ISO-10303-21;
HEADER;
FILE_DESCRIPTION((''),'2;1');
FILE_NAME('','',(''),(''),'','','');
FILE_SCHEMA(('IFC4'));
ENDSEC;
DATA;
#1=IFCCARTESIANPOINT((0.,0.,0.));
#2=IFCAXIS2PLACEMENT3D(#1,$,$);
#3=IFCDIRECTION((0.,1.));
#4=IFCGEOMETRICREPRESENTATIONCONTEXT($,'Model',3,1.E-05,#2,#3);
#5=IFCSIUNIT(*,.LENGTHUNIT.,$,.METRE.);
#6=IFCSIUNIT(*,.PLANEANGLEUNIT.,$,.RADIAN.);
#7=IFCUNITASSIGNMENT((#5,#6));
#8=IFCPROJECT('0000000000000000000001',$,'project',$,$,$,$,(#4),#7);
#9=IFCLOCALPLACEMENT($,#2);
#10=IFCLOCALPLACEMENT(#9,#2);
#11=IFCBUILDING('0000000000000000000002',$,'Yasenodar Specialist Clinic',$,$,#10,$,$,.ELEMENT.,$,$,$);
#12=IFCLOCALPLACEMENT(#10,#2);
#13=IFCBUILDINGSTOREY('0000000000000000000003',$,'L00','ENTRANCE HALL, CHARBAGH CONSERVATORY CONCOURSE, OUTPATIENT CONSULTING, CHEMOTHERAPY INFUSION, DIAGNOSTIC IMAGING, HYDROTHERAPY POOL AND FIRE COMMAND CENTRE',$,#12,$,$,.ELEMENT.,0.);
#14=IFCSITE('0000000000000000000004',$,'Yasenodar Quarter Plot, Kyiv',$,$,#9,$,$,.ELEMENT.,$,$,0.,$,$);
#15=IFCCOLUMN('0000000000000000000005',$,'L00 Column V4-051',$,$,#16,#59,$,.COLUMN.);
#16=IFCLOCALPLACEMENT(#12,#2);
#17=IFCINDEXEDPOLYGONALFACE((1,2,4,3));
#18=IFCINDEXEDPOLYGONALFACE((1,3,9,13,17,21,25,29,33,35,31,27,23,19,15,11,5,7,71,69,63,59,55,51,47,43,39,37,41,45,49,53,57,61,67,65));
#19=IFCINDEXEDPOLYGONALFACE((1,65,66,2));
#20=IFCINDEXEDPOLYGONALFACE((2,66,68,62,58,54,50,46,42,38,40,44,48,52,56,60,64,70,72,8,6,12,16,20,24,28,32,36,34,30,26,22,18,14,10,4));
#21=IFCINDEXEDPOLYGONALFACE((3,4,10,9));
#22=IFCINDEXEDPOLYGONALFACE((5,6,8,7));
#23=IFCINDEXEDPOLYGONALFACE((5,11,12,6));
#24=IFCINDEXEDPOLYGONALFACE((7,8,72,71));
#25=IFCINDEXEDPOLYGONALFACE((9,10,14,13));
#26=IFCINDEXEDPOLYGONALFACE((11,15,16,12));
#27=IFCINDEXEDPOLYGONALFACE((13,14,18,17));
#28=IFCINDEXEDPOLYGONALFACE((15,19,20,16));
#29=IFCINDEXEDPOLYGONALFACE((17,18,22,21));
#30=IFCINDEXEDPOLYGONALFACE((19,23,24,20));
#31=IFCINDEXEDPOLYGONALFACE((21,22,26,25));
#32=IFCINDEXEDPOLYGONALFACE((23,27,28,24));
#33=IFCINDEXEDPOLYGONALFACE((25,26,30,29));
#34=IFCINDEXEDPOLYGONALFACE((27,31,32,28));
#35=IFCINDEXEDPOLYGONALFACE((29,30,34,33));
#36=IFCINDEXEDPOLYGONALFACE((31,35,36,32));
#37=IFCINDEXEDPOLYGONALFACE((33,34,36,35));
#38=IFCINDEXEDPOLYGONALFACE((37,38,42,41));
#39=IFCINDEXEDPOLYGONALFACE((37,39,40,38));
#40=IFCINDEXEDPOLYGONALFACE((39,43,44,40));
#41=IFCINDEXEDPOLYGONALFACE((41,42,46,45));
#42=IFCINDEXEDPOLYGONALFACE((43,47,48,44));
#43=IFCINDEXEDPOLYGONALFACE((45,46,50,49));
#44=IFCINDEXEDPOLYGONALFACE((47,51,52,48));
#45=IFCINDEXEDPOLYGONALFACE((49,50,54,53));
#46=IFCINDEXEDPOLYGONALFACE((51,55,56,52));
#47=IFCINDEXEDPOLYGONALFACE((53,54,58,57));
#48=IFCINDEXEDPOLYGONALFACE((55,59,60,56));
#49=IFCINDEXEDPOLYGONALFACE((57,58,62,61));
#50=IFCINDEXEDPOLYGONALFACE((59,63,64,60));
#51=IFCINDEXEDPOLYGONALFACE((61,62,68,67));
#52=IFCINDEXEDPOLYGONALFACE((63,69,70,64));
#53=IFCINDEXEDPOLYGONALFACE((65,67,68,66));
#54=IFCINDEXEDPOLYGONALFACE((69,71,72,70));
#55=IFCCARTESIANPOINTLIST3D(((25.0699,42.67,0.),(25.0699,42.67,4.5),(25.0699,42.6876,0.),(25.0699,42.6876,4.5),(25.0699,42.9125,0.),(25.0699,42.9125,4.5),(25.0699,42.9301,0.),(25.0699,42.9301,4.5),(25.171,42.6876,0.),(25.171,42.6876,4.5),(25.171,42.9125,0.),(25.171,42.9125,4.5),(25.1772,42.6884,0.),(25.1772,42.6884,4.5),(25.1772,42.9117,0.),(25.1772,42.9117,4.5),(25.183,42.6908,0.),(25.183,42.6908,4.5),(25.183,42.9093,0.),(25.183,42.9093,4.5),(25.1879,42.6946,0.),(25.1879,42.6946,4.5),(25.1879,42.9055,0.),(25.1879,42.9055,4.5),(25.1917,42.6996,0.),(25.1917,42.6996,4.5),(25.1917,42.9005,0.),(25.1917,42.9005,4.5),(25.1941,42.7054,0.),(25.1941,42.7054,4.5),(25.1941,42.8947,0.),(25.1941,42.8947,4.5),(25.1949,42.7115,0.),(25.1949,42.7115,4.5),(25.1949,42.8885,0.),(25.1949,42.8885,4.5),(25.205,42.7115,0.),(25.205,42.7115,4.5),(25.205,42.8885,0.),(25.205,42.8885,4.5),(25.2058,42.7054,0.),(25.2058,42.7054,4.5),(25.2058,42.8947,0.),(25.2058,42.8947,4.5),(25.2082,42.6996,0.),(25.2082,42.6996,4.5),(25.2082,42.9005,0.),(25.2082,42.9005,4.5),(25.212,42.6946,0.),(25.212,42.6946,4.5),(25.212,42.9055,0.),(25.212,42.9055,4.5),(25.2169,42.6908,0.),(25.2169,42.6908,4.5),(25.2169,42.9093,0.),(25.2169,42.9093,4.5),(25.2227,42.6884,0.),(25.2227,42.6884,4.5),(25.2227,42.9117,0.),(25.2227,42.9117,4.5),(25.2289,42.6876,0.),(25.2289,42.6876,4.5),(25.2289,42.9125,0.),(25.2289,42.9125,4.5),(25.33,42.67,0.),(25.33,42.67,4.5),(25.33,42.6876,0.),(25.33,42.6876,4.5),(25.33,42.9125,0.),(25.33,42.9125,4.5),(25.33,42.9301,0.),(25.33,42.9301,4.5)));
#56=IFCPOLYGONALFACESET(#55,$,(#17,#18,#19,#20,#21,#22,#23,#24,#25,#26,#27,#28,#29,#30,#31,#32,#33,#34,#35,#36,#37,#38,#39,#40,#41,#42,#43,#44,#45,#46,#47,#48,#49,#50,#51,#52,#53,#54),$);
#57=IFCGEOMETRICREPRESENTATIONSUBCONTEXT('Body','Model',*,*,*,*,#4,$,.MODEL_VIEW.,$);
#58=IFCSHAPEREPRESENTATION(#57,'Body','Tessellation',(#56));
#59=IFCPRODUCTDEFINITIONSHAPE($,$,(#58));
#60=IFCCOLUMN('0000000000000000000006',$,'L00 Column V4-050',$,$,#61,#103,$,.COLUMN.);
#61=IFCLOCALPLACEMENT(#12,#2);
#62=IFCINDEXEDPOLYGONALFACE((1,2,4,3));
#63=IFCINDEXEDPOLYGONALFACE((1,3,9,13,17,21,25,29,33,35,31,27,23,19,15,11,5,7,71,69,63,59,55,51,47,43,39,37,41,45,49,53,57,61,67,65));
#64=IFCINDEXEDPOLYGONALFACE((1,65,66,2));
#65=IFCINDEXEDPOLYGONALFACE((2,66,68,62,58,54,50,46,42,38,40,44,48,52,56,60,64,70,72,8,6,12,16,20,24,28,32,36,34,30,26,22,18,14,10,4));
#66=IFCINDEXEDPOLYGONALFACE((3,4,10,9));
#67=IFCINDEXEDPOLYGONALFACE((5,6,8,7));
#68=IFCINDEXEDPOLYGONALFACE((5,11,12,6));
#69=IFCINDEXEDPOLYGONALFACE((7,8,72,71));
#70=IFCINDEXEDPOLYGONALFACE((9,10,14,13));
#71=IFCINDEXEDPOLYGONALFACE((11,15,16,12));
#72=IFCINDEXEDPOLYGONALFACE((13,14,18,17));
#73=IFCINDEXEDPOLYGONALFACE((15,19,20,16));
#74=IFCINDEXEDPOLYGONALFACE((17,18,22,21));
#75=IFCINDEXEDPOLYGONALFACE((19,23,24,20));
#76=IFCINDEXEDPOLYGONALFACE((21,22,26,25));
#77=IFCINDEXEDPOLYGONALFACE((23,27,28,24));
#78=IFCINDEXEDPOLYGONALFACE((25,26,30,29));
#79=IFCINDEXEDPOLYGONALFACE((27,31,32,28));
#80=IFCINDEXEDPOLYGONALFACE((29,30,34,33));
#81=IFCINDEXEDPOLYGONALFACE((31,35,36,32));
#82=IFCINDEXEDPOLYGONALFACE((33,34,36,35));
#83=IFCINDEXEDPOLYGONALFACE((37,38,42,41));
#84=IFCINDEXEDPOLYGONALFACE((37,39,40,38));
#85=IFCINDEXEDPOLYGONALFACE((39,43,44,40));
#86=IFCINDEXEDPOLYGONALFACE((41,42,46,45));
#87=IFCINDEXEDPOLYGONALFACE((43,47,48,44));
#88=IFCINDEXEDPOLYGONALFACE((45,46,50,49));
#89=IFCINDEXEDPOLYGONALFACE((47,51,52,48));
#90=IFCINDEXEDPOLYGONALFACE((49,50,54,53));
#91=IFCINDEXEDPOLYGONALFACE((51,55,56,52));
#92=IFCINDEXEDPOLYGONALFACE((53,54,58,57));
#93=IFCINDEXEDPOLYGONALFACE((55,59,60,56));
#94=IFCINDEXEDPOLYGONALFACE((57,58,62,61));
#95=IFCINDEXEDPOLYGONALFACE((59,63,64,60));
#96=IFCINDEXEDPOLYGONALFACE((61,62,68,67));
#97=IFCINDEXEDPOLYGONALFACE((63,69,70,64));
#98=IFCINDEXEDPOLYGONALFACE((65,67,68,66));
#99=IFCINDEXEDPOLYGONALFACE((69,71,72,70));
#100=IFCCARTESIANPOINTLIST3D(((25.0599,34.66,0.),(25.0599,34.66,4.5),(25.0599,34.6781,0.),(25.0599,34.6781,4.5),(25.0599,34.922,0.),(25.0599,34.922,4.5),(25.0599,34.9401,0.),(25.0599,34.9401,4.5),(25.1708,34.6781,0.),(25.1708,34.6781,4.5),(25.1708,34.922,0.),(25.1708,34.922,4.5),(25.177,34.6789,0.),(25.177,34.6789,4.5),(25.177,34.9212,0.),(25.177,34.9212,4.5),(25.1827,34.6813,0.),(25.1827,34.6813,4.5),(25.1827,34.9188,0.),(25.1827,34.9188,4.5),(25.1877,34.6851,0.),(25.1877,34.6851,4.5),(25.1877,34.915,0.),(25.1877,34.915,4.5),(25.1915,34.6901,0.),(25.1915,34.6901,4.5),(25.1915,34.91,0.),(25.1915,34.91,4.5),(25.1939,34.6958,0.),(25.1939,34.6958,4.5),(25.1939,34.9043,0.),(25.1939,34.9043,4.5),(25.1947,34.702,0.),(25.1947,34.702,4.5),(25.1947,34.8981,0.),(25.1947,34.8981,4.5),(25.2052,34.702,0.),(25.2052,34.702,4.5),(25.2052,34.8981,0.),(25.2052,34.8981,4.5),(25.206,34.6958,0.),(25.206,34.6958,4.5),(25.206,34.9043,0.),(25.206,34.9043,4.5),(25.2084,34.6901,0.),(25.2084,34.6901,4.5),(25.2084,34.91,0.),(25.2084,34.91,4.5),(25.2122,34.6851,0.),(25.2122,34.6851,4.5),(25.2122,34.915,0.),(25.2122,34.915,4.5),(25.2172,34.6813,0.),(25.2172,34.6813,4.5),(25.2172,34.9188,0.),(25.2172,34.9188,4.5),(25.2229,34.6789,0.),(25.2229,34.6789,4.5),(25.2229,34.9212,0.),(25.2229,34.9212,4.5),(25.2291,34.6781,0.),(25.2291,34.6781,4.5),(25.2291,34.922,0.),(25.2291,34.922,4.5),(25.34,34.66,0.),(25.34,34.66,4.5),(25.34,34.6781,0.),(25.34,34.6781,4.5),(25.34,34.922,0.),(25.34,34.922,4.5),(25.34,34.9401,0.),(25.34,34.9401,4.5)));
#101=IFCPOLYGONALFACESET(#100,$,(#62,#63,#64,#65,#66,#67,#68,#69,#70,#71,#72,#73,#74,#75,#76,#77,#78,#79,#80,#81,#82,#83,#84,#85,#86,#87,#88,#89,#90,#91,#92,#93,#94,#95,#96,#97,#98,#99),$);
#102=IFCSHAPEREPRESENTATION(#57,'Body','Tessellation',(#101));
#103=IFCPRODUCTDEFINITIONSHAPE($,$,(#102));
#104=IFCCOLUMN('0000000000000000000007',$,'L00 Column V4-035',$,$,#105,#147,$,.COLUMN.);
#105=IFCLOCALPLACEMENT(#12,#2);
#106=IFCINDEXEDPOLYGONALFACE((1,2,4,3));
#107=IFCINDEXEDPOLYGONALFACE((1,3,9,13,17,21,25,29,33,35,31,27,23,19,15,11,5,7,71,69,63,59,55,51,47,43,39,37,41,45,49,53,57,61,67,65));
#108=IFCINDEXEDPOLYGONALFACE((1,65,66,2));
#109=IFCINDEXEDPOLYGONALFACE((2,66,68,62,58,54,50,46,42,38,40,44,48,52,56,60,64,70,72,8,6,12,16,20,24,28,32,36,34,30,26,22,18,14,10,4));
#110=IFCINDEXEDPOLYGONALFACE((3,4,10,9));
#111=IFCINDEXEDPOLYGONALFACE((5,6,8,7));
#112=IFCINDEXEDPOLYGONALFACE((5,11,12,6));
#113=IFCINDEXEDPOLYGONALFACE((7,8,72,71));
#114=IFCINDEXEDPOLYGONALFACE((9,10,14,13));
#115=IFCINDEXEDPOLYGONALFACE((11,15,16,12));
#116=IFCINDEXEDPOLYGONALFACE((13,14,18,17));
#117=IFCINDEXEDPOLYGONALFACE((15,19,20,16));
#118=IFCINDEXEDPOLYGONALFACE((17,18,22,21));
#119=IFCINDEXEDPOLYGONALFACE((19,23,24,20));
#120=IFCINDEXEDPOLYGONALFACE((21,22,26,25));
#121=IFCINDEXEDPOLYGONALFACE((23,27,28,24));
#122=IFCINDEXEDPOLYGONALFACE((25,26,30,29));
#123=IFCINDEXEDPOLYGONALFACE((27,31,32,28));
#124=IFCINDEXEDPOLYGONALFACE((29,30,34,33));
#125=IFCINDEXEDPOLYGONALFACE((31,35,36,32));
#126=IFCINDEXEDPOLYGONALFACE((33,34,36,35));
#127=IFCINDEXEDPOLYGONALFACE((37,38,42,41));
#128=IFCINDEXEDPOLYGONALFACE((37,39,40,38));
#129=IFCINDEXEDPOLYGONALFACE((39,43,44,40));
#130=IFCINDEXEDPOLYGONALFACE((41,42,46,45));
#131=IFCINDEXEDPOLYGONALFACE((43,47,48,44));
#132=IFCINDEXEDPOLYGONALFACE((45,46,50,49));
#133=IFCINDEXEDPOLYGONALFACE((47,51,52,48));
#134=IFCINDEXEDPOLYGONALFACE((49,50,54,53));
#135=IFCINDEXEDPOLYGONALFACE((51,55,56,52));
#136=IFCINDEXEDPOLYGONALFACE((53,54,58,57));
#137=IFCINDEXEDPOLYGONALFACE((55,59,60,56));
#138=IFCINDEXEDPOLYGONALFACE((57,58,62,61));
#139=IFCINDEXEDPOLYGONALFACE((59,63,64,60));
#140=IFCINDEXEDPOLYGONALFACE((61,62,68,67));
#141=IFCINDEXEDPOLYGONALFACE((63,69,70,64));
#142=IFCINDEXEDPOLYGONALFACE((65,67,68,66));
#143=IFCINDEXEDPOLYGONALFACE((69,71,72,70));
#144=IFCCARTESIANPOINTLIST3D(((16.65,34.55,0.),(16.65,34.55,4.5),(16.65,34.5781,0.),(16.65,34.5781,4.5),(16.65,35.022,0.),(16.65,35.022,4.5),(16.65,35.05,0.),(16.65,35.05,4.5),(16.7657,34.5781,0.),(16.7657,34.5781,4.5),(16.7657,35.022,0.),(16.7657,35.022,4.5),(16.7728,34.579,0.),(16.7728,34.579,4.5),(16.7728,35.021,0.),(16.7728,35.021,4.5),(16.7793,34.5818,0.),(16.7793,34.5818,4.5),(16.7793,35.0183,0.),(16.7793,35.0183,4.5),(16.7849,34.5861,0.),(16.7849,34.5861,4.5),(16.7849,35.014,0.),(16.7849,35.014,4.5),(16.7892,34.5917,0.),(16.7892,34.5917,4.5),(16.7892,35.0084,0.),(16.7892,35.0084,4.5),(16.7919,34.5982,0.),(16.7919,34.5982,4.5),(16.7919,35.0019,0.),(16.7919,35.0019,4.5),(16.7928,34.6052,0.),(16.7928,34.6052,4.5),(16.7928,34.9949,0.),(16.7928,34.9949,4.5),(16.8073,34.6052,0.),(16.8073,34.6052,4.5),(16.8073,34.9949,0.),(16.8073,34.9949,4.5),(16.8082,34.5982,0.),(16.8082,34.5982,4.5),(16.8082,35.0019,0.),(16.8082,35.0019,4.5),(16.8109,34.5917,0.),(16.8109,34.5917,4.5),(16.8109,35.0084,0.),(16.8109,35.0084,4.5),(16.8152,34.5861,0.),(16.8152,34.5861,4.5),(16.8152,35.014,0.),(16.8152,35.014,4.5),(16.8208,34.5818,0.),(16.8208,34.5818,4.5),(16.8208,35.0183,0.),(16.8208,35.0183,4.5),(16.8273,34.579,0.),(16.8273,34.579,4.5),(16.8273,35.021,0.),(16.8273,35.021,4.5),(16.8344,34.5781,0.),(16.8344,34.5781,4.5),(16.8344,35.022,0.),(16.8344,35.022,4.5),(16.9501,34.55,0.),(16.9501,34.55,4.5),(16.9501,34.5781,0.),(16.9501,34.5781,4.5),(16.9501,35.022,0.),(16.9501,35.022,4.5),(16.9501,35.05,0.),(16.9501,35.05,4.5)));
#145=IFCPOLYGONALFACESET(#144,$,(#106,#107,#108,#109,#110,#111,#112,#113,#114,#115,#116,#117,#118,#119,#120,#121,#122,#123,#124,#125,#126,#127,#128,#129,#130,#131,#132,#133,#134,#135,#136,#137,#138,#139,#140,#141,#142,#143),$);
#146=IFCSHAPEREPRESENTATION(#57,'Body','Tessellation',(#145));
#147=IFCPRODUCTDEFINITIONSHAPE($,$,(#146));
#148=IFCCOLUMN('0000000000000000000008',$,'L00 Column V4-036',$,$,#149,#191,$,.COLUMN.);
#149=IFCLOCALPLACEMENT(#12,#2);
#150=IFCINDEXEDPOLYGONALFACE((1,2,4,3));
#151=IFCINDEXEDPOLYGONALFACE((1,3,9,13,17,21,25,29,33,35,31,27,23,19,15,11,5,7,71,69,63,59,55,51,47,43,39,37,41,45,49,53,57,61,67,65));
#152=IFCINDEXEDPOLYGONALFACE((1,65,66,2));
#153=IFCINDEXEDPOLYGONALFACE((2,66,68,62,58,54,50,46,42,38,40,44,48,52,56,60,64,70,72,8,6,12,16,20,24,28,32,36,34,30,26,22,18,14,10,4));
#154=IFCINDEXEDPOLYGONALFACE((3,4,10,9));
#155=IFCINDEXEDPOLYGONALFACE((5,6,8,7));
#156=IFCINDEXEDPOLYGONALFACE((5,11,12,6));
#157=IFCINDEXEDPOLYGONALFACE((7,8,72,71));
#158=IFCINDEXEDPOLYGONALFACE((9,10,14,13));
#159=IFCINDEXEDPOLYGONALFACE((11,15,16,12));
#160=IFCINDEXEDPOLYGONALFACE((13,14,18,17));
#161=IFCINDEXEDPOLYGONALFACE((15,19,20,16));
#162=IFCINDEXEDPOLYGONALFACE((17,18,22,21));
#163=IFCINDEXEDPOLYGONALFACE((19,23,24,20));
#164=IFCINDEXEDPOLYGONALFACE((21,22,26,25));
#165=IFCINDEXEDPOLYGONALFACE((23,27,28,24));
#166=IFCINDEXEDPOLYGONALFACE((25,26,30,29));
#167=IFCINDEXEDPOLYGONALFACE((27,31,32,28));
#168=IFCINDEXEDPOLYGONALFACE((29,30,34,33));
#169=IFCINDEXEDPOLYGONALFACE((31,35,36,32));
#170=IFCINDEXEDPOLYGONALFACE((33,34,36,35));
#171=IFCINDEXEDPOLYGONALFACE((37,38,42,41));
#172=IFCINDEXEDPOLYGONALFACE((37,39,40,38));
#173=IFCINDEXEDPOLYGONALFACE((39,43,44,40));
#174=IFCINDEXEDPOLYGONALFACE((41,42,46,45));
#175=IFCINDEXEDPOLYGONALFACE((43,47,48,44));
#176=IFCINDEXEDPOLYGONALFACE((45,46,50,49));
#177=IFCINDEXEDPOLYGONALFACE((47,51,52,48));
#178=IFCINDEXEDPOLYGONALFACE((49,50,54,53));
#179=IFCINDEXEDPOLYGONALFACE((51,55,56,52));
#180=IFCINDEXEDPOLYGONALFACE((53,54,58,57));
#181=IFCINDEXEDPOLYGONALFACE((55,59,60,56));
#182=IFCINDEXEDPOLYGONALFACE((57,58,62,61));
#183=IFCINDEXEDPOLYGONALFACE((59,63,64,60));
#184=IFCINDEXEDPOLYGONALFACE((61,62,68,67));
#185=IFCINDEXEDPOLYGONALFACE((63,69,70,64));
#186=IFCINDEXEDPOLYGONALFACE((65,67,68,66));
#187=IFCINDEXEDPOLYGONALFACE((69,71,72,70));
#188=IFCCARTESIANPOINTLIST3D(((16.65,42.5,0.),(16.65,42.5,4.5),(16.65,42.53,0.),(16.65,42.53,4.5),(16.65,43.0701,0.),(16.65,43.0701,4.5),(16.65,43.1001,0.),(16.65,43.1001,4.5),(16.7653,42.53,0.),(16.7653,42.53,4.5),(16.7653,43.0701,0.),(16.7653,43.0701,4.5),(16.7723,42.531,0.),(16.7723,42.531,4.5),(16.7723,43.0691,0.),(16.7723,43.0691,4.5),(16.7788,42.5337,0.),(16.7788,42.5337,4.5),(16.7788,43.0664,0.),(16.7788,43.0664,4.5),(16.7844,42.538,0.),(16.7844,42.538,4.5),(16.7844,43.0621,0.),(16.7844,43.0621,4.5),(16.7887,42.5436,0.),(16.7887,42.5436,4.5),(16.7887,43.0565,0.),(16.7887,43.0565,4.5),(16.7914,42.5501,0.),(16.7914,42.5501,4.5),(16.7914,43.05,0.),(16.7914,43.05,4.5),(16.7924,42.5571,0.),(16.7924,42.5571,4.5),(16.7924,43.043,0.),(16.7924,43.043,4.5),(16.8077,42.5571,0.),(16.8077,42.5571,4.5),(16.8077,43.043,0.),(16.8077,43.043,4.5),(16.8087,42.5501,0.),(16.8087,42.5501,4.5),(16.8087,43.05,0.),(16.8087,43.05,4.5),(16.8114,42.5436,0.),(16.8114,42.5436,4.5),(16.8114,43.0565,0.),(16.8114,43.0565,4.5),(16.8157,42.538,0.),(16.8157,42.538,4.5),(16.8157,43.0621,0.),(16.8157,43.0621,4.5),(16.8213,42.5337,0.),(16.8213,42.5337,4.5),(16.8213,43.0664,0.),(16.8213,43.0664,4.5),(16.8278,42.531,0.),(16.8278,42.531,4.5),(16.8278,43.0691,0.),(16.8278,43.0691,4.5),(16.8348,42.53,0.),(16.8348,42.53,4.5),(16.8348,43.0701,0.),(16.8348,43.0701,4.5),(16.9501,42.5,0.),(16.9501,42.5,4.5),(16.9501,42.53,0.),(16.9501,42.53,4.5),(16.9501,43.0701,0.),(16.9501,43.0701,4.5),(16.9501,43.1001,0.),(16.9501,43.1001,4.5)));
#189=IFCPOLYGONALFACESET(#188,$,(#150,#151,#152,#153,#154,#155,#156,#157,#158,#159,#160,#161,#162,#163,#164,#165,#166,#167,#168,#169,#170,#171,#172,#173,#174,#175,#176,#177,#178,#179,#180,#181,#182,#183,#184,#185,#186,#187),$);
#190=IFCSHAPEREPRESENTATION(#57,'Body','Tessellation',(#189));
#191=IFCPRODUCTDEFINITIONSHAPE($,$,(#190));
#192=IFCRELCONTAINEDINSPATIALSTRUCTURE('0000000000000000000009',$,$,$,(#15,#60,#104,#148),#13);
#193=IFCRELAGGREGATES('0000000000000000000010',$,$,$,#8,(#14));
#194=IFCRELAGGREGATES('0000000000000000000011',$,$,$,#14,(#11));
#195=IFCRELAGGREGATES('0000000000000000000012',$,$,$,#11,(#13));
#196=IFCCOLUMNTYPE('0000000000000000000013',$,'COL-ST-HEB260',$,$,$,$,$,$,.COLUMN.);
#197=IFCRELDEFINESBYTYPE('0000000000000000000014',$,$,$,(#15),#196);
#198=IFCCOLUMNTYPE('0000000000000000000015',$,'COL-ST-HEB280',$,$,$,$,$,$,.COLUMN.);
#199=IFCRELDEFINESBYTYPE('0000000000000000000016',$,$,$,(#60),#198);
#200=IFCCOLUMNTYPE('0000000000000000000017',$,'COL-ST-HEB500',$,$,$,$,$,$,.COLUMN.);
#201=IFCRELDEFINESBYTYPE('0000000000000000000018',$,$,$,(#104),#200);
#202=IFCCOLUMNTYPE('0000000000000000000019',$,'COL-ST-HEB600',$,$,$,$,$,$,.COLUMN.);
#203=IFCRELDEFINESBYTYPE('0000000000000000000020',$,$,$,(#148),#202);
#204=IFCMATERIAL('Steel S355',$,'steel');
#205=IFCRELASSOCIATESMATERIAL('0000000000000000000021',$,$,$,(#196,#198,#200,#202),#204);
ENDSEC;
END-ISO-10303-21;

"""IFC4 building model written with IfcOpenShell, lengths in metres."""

from ifc_helpers import new_model, si_unit, direction, frame, origin, origin_2d, place, context, subcontext, project, spatial, i_section, extrude, material, material_profile, profile_set, type_object, element, save


model = new_model("IFC4")

# Units and contexts
model_context = context("Model", 3, precision=1e-05, world=origin(), true_north=direction((0.0, 1.0)))
body_context = subcontext(model_context, "Body", "Model", "MODEL_VIEW")
ifc_project = project(units=[si_unit("LENGTHUNIT", "METRE"), si_unit("PLANEANGLEUNIT", "RADIAN")], contexts=[model_context])

# Site, building, storey
site_placement = place(None, origin())
site = spatial("IfcSite", under=ifc_project, at=site_placement, Name="Yasenodar Quarter Plot, Kyiv", CompositionType="ELEMENT", RefElevation=0.0)
building_placement = place(site_placement, origin())
building = spatial("IfcBuilding", under=site, at=building_placement, Name="Yasenodar Specialist Clinic", CompositionType="ELEMENT")
storey_placement = place(building_placement, origin())
storey = spatial("IfcBuildingStorey", under=building, at=storey_placement, Name="L00", Description="ENTRANCE HALL, CHARBAGH CONSERVATORY CONCOURSE, OUTPATIENT CONSULTING, CHEMOTHERAPY INFUSION, DIAGNOSTIC IMAGING, HYDROTHERAPY POOL AND FIRE COMMAND CENTRE", CompositionType="ELEMENT", Elevation=0.0)

# Columns
ifc_material_1 = material(Name="Steel S355", Category="steel")
ifc_material_profile_1 = material_profile(ifc_material_1, i_section(OverallWidth=0.26, OverallDepth=0.26, WebThickness=0.01, FlangeThickness=0.0176, FilletRadius=0.0239, at=origin_2d()), Name="HEB 260")
ifc_profile_set_1 = profile_set([ifc_material_profile_1], Name="Steel S355")
column_type_1 = type_object("IfcColumnType", Name="COL-ST-HEB260", PredefinedType="COLUMN", material=ifc_profile_set_1)
column_1_placement = place(storey_placement, frame((25.2, 42.8, 0.0), z_axis=(0.0, 0.0, 1.0), x_axis=(1.0, 0.0, 0.0)))
element("IfcColumn", 1, at=column_1_placement, inside=storey, type_object=column_type_1, Name="L00 Column V4-051", PredefinedType="COLUMN", context=body_context, shape_type="SweptSolid", body=[
    extrude(i_section(OverallWidth=0.26, OverallDepth=0.26, WebThickness=0.01, FlangeThickness=0.0176, FilletRadius=0.0239, at=origin_2d()), origin(), (0.0, 0.0, 1.0), 4.5),
])
ifc_material_profile_2 = material_profile(ifc_material_1, i_section(OverallWidth=0.28, OverallDepth=0.28, WebThickness=0.0105, FlangeThickness=0.0181, FilletRadius=0.0239, at=origin_2d()), Name="HEB 280")
ifc_profile_set_2 = profile_set([ifc_material_profile_2], Name="Steel S355")
column_type_2 = type_object("IfcColumnType", Name="COL-ST-HEB280", PredefinedType="COLUMN", material=ifc_profile_set_2)
column_2_placement = place(storey_placement, frame((25.2, 34.8, 0.0), z_axis=(0.0, 0.0, 1.0), x_axis=(1.0, 0.0, 0.0)))
element("IfcColumn", 2, at=column_2_placement, inside=storey, type_object=column_type_2, Name="L00 Column V4-050", PredefinedType="COLUMN", context=body_context, shape_type="SweptSolid", body=[
    extrude(i_section(OverallWidth=0.28, OverallDepth=0.28, WebThickness=0.0105, FlangeThickness=0.0181, FilletRadius=0.0239, at=origin_2d()), origin(), (0.0, 0.0, 1.0), 4.5),
])
ifc_material_profile_3 = material_profile(ifc_material_1, i_section(OverallWidth=0.3, OverallDepth=0.5, WebThickness=0.0144, FlangeThickness=0.0281, FilletRadius=0.0271, at=origin_2d()), Name="HEB 500")
ifc_profile_set_3 = profile_set([ifc_material_profile_3], Name="Steel S355")
column_type_3 = type_object("IfcColumnType", Name="COL-ST-HEB500", PredefinedType="COLUMN", material=ifc_profile_set_3)
column_3_placement = place(storey_placement, frame((16.8, 34.8, 0.0), z_axis=(0.0, 0.0, 1.0), x_axis=(1.0, 0.0, 0.0)))
element("IfcColumn", 3, at=column_3_placement, inside=storey, type_object=column_type_3, Name="L00 Column V4-035", PredefinedType="COLUMN", context=body_context, shape_type="SweptSolid", body=[
    extrude(i_section(OverallWidth=0.3, OverallDepth=0.5, WebThickness=0.0144, FlangeThickness=0.0281, FilletRadius=0.0271, at=origin_2d()), origin(), (0.0, 0.0, 1.0), 4.5),
])
ifc_material_profile_4 = material_profile(ifc_material_1, i_section(OverallWidth=0.3, OverallDepth=0.6001, WebThickness=0.0154, FlangeThickness=0.03, FilletRadius=0.0271, at=origin_2d()), Name="HEB 600")
ifc_profile_set_4 = profile_set([ifc_material_profile_4], Name="Steel S355")
column_type_4 = type_object("IfcColumnType", Name="COL-ST-HEB600", PredefinedType="COLUMN", material=ifc_profile_set_4)
column_4_placement = place(storey_placement, frame((16.8, 42.8, 0.0), z_axis=(0.0, 0.0, 1.0), x_axis=(1.0, 0.0, 0.0)))
element("IfcColumn", 4, at=column_4_placement, inside=storey, type_object=column_type_4, Name="L00 Column V4-036", PredefinedType="COLUMN", context=body_context, shape_type="SweptSolid", body=[
    extrude(i_section(OverallWidth=0.3, OverallDepth=0.6001, WebThickness=0.0154, FlangeThickness=0.03, FilletRadius=0.0271, at=origin_2d()), origin(), (0.0, 0.0, 1.0), 4.5),
])

save(model, "model.ifc")
